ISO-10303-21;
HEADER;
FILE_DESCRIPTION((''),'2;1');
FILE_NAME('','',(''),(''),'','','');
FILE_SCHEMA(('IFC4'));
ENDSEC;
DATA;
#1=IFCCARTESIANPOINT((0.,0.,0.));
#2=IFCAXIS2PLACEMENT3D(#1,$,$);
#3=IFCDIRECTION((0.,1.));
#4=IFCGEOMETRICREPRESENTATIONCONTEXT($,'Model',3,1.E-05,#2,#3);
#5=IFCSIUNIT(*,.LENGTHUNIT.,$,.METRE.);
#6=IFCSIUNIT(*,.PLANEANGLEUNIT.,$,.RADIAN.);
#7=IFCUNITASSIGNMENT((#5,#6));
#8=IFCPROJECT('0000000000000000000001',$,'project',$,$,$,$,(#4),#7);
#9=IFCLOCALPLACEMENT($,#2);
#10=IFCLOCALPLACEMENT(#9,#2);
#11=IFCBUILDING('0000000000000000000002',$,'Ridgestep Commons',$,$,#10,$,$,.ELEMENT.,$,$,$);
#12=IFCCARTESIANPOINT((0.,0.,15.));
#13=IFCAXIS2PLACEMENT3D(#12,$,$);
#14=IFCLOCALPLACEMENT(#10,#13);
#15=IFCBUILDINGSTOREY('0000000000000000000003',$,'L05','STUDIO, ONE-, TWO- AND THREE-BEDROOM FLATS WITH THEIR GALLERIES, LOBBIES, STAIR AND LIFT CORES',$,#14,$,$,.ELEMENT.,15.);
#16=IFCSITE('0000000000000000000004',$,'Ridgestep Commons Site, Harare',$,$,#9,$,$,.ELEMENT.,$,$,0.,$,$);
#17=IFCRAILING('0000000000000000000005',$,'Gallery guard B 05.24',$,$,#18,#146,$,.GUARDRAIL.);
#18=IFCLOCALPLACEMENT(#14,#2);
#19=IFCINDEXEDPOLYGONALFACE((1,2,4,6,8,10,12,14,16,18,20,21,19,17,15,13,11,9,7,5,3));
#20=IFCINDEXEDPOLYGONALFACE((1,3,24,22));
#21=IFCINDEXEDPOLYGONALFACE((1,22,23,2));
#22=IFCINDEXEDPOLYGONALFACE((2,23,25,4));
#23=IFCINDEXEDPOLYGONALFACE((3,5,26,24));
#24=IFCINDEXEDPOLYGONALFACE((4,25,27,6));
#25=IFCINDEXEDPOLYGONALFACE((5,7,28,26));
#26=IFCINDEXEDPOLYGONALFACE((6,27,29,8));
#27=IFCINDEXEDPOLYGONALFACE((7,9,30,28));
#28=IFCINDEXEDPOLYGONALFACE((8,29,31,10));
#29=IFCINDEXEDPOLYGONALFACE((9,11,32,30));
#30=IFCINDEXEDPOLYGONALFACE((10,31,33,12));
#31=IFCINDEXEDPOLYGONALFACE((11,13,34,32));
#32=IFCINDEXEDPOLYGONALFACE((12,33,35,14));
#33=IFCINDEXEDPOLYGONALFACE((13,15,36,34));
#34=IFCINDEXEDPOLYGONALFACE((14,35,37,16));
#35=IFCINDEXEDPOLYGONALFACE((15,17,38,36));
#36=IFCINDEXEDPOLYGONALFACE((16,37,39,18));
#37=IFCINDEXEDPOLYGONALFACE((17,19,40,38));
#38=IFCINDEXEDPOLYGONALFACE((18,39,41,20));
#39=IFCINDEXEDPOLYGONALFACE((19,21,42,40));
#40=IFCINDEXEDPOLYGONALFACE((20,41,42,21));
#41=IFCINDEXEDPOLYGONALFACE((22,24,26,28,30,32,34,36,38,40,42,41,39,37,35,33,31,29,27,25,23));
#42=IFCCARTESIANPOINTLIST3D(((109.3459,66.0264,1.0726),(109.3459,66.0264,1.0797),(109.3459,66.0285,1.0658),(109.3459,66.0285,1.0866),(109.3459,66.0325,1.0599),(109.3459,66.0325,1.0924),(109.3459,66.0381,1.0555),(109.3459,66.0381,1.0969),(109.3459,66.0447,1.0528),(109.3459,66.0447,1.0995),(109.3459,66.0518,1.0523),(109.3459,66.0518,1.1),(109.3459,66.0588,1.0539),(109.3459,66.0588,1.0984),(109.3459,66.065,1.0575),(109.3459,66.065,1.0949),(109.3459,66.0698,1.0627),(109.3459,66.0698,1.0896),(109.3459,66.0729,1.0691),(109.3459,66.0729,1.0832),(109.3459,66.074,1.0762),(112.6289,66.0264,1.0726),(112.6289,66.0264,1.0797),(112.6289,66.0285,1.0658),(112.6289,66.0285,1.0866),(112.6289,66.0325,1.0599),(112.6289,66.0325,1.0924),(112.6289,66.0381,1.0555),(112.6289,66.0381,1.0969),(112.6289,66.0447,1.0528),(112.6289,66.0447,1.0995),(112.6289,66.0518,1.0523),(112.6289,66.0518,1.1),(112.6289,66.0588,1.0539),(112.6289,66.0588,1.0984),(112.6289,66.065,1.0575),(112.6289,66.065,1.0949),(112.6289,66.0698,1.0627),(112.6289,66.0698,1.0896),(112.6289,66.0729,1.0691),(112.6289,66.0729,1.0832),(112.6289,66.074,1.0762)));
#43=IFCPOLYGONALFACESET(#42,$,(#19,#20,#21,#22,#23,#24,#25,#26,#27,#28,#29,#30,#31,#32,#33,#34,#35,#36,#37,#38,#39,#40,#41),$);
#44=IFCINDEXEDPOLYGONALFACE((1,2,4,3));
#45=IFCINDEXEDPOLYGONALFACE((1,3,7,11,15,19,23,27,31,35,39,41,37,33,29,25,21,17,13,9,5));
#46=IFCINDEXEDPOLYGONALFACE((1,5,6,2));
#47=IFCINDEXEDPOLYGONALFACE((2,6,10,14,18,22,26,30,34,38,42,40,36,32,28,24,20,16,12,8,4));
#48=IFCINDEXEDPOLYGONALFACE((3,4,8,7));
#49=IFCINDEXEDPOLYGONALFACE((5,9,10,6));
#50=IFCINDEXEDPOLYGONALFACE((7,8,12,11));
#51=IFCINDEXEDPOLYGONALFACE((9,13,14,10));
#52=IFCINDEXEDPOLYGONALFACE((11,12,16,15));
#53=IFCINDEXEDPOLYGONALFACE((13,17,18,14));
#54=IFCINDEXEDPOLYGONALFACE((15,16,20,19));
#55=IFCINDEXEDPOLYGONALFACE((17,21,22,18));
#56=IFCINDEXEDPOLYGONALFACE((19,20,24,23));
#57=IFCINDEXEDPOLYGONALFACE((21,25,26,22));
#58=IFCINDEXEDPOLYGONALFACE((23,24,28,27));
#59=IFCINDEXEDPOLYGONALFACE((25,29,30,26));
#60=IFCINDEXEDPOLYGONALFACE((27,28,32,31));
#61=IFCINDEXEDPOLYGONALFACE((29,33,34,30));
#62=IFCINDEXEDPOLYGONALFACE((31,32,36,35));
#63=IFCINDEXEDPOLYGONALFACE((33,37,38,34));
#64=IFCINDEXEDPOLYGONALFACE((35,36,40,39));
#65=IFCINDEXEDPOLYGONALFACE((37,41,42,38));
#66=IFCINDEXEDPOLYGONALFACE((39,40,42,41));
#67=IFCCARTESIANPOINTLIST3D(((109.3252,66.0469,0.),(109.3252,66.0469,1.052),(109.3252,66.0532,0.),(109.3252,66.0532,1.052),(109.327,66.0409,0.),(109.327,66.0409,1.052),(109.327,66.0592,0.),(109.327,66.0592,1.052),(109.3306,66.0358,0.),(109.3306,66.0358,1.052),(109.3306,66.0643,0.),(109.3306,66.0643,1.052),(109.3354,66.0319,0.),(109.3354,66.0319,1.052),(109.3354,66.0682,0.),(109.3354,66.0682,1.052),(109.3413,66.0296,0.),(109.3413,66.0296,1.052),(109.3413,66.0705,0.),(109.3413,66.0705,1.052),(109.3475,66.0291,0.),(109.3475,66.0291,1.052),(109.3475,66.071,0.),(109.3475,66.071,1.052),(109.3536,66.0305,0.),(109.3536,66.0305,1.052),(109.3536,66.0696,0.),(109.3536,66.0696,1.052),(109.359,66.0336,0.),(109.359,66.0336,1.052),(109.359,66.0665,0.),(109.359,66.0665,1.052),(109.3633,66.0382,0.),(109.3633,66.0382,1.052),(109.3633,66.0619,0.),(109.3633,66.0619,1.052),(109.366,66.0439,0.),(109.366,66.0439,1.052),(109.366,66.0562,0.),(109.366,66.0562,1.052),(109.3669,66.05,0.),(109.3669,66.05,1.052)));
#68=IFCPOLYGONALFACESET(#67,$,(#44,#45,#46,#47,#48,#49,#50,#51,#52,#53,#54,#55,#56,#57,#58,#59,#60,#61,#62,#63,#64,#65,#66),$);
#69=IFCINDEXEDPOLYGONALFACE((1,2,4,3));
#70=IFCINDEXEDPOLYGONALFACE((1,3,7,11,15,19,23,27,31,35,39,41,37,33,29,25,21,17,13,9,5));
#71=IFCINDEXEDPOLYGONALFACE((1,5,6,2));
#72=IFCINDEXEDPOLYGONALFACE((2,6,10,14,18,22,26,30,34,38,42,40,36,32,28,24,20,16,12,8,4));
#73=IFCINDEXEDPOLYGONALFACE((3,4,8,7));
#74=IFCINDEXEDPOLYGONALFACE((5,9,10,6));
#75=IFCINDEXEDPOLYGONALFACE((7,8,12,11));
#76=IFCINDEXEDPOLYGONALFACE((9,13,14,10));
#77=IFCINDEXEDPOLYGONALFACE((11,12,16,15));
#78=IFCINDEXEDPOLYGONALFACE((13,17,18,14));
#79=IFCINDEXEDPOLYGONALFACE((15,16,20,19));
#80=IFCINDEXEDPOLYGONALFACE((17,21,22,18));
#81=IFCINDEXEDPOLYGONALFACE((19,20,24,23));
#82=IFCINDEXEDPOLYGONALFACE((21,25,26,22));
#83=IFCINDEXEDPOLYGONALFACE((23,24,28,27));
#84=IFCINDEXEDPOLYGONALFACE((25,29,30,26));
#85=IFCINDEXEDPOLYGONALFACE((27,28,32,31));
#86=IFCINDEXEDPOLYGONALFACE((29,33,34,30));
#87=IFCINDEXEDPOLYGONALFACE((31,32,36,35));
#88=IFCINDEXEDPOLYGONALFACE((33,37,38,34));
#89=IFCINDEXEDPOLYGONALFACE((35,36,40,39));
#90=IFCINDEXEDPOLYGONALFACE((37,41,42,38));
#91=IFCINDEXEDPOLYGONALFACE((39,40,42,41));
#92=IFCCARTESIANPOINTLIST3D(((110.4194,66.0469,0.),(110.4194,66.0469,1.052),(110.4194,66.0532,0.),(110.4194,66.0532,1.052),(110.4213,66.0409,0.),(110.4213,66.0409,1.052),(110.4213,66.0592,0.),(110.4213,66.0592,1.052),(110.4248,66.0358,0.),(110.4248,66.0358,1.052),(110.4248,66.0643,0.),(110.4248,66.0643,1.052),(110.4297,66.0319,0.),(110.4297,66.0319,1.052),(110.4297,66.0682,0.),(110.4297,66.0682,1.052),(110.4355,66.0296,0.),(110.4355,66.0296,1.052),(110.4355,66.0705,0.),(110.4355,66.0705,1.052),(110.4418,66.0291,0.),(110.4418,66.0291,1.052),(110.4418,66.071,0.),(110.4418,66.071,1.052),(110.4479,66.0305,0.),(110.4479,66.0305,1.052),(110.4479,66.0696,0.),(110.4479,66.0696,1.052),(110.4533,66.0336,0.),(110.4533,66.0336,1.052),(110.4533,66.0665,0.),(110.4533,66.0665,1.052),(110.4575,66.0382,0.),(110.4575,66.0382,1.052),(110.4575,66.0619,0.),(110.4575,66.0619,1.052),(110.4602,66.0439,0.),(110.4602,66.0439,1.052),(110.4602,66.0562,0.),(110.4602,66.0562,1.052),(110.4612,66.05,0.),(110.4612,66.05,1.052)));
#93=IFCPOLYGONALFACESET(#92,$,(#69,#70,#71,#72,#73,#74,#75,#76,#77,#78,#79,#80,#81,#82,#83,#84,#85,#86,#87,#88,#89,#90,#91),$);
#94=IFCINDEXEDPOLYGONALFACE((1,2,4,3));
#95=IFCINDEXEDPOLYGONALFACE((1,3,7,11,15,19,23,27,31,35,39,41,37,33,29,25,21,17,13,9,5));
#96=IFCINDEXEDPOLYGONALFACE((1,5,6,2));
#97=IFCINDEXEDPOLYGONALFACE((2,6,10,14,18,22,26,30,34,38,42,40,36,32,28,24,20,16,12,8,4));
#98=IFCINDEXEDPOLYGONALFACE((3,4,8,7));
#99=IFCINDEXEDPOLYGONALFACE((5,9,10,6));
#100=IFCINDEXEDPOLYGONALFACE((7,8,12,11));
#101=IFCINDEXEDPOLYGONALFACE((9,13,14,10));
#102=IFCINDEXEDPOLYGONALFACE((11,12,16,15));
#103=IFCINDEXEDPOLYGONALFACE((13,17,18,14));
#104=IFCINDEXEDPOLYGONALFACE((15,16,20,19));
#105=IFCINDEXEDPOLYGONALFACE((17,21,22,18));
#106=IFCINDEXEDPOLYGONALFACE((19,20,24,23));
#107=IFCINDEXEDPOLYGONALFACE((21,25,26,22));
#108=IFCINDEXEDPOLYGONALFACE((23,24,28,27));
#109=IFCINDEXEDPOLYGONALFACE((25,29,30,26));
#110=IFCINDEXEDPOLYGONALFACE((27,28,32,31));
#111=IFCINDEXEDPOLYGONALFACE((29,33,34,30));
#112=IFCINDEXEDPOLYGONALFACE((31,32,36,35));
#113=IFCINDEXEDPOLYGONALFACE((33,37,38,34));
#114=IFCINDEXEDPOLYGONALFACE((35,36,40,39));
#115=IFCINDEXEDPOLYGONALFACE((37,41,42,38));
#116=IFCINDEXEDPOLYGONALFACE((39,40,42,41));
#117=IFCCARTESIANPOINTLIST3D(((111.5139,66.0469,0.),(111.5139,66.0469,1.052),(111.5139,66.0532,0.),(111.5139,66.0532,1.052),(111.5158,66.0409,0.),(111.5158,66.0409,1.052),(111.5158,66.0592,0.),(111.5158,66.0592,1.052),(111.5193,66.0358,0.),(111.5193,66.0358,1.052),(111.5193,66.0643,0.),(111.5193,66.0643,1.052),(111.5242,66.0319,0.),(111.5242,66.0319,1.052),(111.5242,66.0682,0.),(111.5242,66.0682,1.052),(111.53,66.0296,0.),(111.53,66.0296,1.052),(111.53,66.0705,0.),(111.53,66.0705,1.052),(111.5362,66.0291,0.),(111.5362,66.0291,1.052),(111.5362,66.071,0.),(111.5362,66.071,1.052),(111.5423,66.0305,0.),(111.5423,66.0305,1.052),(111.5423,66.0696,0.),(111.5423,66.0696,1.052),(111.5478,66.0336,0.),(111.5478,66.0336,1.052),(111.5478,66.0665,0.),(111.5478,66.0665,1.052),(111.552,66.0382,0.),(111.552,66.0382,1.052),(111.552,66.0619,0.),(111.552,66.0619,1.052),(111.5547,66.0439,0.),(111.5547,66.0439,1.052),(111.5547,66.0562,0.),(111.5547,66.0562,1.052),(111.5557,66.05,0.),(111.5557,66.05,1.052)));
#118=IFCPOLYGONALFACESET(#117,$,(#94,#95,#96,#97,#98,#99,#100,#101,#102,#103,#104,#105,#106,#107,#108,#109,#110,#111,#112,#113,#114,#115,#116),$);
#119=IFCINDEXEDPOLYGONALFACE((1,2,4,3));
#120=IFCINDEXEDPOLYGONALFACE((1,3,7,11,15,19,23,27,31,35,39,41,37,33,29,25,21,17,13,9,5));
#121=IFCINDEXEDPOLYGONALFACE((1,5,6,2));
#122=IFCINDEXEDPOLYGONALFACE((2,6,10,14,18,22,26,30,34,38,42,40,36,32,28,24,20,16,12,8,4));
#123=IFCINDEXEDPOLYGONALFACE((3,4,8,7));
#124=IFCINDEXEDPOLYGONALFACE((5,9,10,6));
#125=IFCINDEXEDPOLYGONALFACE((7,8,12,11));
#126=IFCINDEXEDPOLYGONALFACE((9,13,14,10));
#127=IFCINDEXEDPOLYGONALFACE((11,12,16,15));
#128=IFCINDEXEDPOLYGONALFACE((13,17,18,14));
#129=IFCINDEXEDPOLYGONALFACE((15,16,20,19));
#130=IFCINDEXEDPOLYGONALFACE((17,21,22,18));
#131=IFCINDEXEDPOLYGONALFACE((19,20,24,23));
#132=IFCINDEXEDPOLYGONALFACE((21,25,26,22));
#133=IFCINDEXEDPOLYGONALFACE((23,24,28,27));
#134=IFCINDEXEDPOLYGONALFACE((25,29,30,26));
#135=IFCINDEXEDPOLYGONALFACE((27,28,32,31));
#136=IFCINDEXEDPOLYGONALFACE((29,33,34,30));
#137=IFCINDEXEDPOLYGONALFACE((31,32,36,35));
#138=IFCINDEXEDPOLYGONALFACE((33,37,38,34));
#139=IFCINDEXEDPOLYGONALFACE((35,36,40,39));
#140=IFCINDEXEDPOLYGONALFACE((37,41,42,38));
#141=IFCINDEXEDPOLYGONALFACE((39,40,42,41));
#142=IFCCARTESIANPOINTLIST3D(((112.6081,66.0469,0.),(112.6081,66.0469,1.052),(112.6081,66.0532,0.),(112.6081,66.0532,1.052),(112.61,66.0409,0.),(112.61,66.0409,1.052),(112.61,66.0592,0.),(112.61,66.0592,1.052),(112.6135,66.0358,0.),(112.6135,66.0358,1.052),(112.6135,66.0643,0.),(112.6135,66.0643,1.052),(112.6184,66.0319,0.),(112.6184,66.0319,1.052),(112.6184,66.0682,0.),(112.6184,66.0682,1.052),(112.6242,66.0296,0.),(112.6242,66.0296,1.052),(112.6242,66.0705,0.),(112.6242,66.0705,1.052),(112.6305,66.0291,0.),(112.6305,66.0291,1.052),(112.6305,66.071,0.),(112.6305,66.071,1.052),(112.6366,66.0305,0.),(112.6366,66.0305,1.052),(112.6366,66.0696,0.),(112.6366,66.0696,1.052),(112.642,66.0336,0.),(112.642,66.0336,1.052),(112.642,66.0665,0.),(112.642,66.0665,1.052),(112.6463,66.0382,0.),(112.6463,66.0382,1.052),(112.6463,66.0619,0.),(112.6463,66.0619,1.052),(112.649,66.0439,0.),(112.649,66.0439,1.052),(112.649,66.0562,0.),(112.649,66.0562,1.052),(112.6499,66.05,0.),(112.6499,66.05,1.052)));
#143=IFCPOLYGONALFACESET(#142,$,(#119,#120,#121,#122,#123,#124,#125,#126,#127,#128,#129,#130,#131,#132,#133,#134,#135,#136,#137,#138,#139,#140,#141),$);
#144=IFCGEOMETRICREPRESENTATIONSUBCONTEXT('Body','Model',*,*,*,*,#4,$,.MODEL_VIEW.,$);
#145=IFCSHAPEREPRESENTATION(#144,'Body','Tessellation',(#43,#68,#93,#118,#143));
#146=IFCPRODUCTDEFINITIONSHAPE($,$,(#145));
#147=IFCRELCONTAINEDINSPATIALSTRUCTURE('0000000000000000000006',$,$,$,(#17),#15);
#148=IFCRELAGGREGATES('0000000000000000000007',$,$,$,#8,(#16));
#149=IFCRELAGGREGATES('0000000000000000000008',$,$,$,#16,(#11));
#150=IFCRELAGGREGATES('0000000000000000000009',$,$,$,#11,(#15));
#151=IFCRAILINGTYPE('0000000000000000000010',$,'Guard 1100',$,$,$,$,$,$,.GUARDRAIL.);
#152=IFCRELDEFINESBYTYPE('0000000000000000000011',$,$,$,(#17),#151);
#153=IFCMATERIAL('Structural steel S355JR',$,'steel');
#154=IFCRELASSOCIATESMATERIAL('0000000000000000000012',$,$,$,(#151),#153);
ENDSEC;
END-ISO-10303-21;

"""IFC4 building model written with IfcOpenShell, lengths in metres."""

from ifc_helpers import new_model, si_unit, direction, frame, origin, origin_2d, place, context, subcontext, project, spatial, circle, extrude, material, type_object, element, save


model = new_model("IFC4")

# Units and contexts
model_context = context("Model", 3, precision=1e-05, world=origin(), true_north=direction((0.0, 1.0)))
body_context = subcontext(model_context, "Body", "Model", "MODEL_VIEW")
ifc_project = project(units=[si_unit("LENGTHUNIT", "METRE"), si_unit("PLANEANGLEUNIT", "RADIAN")], contexts=[model_context])

# Site, building, storey
site_placement = place(None, origin())
site = spatial("IfcSite", under=ifc_project, at=site_placement, Name="Ridgestep Commons Site, Harare", CompositionType="ELEMENT", RefElevation=0.0)
building_placement = place(site_placement, origin())
building = spatial("IfcBuilding", under=site, at=building_placement, Name="Ridgestep Commons", CompositionType="ELEMENT")
storey_placement = place(building_placement, frame((0.0, 0.0, 15.0)))
storey = spatial("IfcBuildingStorey", under=building, at=storey_placement, Name="L05", Description="STUDIO, ONE-, TWO- AND THREE-BEDROOM FLATS WITH THEIR GALLERIES, LOBBIES, STAIR AND LIFT CORES", CompositionType="ELEMENT", Elevation=15.0)

# Railing
ifc_material_1 = material(Name="Structural steel S355JR", Category="steel")
railing_type = type_object("IfcRailingType", Name="Guard 1100", PredefinedType="GUARDRAIL", material=ifc_material_1)
railing_1_placement = place(storey_placement, frame((109.3459, 66.05, 0.0)))
element("IfcRailing", 1, at=railing_1_placement, inside=storey, type_object=railing_type, Name="Gallery guard B 05.24", PredefinedType="GUARDRAIL", context=body_context, shape_type="SweptSolid", body=[
    extrude(circle(Radius=0.0239, at=origin_2d()), frame((0.0, 0.0, 1.0762), z_axis=(1.0, 0.0, 0.0), x_axis=(0.0, 1.0, 0.0)), (0.0, 0.0, 1.0), 3.283),
    extrude(circle(Radius=0.021, at=origin_2d()), origin(), (0.0, 0.0, 1.0), 1.052),
    extrude(circle(Radius=0.021, at=origin_2d()), frame((1.0942, 0.0, 0.0)), (0.0, 0.0, 1.0), 1.052),
    extrude(circle(Radius=0.021, at=origin_2d()), frame((2.1887, 0.0, 0.0)), (0.0, 0.0, 1.0), 1.052),
    extrude(circle(Radius=0.021, at=origin_2d()), frame((3.283, 0.0, 0.0)), (0.0, 0.0, 1.0), 1.052),
])

save(model, "model.ifc")
